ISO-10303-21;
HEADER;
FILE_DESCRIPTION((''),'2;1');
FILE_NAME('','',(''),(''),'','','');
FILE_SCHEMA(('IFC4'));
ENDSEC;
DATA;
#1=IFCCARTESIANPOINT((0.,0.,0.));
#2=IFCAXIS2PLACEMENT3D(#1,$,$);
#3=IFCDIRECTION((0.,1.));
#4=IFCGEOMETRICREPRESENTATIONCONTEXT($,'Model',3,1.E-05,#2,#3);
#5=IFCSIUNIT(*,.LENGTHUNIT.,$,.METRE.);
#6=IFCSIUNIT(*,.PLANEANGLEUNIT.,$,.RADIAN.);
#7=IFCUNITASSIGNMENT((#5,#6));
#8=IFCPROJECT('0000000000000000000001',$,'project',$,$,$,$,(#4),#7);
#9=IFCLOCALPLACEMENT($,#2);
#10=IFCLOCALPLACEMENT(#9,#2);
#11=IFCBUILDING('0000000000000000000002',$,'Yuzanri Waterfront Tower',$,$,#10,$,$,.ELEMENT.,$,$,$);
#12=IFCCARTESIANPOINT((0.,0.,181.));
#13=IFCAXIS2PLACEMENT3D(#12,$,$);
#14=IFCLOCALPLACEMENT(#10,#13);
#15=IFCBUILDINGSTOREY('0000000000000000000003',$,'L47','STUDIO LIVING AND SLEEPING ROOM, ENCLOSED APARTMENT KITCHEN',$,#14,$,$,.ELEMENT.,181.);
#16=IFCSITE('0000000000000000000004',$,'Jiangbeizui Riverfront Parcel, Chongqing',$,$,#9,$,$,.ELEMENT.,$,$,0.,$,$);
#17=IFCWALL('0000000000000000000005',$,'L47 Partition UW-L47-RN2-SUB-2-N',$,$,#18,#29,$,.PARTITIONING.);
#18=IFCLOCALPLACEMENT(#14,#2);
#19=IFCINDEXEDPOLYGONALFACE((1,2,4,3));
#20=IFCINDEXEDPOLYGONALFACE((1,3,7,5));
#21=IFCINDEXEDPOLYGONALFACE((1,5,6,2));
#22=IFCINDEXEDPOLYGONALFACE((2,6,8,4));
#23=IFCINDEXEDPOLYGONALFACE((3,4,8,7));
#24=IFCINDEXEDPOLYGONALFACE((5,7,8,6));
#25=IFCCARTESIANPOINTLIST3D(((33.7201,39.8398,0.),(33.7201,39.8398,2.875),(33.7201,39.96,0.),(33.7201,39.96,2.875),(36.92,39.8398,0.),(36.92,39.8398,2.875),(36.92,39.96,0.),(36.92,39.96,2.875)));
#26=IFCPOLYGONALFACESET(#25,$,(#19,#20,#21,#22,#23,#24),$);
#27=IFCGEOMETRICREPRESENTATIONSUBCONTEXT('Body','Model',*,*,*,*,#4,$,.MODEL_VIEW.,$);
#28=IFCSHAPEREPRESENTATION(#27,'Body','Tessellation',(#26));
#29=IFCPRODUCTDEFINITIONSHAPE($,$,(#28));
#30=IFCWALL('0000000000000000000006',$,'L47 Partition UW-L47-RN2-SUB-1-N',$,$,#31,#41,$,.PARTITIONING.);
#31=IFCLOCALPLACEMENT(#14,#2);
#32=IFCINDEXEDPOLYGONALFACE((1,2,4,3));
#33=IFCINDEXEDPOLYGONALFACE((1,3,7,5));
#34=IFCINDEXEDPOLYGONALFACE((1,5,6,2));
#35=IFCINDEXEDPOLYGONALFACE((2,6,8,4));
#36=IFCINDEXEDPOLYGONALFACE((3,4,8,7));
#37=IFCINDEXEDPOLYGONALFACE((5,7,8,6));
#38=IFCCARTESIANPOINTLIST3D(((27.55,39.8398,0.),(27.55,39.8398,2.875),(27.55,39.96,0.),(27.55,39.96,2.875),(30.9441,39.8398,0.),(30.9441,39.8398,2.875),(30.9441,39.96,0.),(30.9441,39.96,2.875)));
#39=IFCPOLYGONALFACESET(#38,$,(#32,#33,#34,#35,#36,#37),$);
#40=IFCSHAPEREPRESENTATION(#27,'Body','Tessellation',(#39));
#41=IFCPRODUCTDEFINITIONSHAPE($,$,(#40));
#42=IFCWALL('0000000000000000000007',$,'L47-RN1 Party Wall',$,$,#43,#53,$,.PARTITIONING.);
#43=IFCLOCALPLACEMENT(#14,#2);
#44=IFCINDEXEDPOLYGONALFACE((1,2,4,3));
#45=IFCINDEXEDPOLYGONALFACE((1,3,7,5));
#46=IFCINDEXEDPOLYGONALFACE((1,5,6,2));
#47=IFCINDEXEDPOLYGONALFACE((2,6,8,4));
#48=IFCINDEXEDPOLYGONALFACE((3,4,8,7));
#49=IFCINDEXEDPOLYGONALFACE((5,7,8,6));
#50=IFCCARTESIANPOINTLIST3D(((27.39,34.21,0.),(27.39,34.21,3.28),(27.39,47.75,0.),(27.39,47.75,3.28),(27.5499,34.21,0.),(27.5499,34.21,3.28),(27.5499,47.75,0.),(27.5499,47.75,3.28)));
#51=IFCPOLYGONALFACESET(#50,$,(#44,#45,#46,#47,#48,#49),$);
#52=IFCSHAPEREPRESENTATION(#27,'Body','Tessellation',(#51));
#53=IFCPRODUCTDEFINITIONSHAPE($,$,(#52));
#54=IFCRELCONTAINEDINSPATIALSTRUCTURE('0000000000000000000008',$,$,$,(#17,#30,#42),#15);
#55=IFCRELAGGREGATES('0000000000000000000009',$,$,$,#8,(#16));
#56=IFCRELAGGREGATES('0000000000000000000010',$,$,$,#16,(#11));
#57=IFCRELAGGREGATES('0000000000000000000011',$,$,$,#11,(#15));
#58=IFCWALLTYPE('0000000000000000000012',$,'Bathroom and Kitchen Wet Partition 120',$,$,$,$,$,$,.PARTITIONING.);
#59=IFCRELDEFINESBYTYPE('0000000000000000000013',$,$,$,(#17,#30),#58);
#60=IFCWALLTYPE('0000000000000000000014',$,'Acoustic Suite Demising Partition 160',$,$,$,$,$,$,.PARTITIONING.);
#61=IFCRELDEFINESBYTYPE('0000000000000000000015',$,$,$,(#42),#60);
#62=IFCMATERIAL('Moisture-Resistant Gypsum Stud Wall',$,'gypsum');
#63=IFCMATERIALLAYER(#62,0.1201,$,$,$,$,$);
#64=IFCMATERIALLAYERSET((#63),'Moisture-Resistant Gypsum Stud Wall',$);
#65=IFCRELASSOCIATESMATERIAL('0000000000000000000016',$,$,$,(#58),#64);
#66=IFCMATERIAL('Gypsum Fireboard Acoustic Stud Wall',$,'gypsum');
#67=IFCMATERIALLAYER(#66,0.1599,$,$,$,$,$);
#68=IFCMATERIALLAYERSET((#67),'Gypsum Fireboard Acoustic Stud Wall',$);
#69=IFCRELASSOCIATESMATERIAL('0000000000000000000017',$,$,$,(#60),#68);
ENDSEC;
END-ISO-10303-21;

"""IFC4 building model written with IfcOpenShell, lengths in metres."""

from ifc_helpers import new_model, si_unit, direction, frame, frame_2d, origin, place, context, subcontext, project, spatial, rectangle, extrude, source, transform, mapped, material, layer, layer_set, type_object, element, save


model = new_model("IFC4")

# Units and contexts
model_context = context("Model", 3, precision=1e-05, world=origin(), true_north=direction((0.0, 1.0)))
body_context = subcontext(model_context, "Body", "Model", "MODEL_VIEW")
ifc_project = project(units=[si_unit("LENGTHUNIT", "METRE"), si_unit("PLANEANGLEUNIT", "RADIAN")], contexts=[model_context])

# Site, building, storey
site_placement = place(None, origin())
site = spatial("IfcSite", under=ifc_project, at=site_placement, Name="Jiangbeizui Riverfront Parcel, Chongqing", CompositionType="ELEMENT", RefElevation=0.0)
building_placement = place(site_placement, origin())
building = spatial("IfcBuilding", under=site, at=building_placement, Name="Yuzanri Waterfront Tower", CompositionType="ELEMENT")
storey_placement = place(building_placement, frame((0.0, 0.0, 181.0)))
storey = spatial("IfcBuildingStorey", under=building, at=storey_placement, Name="L47", Description="STUDIO LIVING AND SLEEPING ROOM, ENCLOSED APARTMENT KITCHEN", CompositionType="ELEMENT", Elevation=181.0)

# Shared definitions
ifc_material_1 = material(Name="Moisture-Resistant Gypsum Stud Wall", Category="gypsum")
ifc_layer_1 = layer(ifc_material_1, 0.1201)
ifc_layer_set_1 = layer_set([ifc_layer_1], Name="Moisture-Resistant Gypsum Stud Wall")
wall_type_1 = type_object("IfcWallType", Name="Bathroom and Kitchen Wet Partition 120", PredefinedType="PARTITIONING", material=ifc_layer_set_1)

# Walls
shared_shape_1 = source(origin(), body_context, "Body", "SweptSolid", [
    extrude(rectangle(XDim=3.2, YDim=0.1201, at=frame_2d((1.6001, 0.0))), origin(), (0.0, 0.0, 1.0), 2.875),
])
for number, where, z_axis, x_axis, name in (
    (1, (33.72, 39.8999, 0.0), (0.0, 0.0, 1.0), (1.0, 0.0, 0.0), "L47 Partition UW-L47-RN2-SUB-2-N"),
):
    element("IfcWall", number, at=place(storey_placement, frame(where, z_axis=z_axis, x_axis=x_axis)), inside=storey, type_object=wall_type_1, Name=name, PredefinedType="PARTITIONING", context=body_context, shape_type="MappedRepresentation", body=[
        mapped(shared_shape_1, transform((0.0, 0.0, 0.0), scale=1.0)),
    ])
shared_shape_2 = source(origin(), body_context, "Body", "SweptSolid", [
    extrude(rectangle(XDim=3.394, YDim=0.1201, at=frame_2d((1.697, 0.0))), origin(), (0.0, 0.0, 1.0), 2.875),
])
wall_1_placement = place(storey_placement, frame((27.55, 39.8999, 0.0), z_axis=(0.0, 0.0, 1.0), x_axis=(1.0, 0.0, 0.0)))
element("IfcWall", 2, at=wall_1_placement, inside=storey, type_object=wall_type_1, Name="L47 Partition UW-L47-RN2-SUB-1-N", PredefinedType="PARTITIONING", context=body_context, shape_type="MappedRepresentation", body=[
    mapped(shared_shape_2, transform((0.0, 0.0, 0.0), scale=1.0)),
])
ifc_material_2 = material(Name="Gypsum Fireboard Acoustic Stud Wall", Category="gypsum")
ifc_layer_2 = layer(ifc_material_2, 0.1599)
ifc_layer_set_2 = layer_set([ifc_layer_2], Name="Gypsum Fireboard Acoustic Stud Wall")
wall_type_2 = type_object("IfcWallType", Name="Acoustic Suite Demising Partition 160", PredefinedType="PARTITIONING", material=ifc_layer_set_2)
shared_shape_3 = source(origin(), body_context, "Body", "SweptSolid", [
    extrude(rectangle(XDim=13.54, YDim=0.1599, at=frame_2d((6.77, 0.0))), origin(), (0.0, 0.0, 1.0), 3.28),
])
wall_2_placement = place(storey_placement, frame((27.47, 34.21, 0.0), z_axis=(0.0, 0.0, 1.0), x_axis=(0.0, 1.0, 0.0)))
element("IfcWall", 3, at=wall_2_placement, inside=storey, type_object=wall_type_2, Name="L47-RN1 Party Wall", PredefinedType="PARTITIONING", context=body_context, shape_type="MappedRepresentation", body=[
    mapped(shared_shape_3, transform((0.0, 0.0, 0.0), scale=1.0)),
])

save(model, "model.ifc")
